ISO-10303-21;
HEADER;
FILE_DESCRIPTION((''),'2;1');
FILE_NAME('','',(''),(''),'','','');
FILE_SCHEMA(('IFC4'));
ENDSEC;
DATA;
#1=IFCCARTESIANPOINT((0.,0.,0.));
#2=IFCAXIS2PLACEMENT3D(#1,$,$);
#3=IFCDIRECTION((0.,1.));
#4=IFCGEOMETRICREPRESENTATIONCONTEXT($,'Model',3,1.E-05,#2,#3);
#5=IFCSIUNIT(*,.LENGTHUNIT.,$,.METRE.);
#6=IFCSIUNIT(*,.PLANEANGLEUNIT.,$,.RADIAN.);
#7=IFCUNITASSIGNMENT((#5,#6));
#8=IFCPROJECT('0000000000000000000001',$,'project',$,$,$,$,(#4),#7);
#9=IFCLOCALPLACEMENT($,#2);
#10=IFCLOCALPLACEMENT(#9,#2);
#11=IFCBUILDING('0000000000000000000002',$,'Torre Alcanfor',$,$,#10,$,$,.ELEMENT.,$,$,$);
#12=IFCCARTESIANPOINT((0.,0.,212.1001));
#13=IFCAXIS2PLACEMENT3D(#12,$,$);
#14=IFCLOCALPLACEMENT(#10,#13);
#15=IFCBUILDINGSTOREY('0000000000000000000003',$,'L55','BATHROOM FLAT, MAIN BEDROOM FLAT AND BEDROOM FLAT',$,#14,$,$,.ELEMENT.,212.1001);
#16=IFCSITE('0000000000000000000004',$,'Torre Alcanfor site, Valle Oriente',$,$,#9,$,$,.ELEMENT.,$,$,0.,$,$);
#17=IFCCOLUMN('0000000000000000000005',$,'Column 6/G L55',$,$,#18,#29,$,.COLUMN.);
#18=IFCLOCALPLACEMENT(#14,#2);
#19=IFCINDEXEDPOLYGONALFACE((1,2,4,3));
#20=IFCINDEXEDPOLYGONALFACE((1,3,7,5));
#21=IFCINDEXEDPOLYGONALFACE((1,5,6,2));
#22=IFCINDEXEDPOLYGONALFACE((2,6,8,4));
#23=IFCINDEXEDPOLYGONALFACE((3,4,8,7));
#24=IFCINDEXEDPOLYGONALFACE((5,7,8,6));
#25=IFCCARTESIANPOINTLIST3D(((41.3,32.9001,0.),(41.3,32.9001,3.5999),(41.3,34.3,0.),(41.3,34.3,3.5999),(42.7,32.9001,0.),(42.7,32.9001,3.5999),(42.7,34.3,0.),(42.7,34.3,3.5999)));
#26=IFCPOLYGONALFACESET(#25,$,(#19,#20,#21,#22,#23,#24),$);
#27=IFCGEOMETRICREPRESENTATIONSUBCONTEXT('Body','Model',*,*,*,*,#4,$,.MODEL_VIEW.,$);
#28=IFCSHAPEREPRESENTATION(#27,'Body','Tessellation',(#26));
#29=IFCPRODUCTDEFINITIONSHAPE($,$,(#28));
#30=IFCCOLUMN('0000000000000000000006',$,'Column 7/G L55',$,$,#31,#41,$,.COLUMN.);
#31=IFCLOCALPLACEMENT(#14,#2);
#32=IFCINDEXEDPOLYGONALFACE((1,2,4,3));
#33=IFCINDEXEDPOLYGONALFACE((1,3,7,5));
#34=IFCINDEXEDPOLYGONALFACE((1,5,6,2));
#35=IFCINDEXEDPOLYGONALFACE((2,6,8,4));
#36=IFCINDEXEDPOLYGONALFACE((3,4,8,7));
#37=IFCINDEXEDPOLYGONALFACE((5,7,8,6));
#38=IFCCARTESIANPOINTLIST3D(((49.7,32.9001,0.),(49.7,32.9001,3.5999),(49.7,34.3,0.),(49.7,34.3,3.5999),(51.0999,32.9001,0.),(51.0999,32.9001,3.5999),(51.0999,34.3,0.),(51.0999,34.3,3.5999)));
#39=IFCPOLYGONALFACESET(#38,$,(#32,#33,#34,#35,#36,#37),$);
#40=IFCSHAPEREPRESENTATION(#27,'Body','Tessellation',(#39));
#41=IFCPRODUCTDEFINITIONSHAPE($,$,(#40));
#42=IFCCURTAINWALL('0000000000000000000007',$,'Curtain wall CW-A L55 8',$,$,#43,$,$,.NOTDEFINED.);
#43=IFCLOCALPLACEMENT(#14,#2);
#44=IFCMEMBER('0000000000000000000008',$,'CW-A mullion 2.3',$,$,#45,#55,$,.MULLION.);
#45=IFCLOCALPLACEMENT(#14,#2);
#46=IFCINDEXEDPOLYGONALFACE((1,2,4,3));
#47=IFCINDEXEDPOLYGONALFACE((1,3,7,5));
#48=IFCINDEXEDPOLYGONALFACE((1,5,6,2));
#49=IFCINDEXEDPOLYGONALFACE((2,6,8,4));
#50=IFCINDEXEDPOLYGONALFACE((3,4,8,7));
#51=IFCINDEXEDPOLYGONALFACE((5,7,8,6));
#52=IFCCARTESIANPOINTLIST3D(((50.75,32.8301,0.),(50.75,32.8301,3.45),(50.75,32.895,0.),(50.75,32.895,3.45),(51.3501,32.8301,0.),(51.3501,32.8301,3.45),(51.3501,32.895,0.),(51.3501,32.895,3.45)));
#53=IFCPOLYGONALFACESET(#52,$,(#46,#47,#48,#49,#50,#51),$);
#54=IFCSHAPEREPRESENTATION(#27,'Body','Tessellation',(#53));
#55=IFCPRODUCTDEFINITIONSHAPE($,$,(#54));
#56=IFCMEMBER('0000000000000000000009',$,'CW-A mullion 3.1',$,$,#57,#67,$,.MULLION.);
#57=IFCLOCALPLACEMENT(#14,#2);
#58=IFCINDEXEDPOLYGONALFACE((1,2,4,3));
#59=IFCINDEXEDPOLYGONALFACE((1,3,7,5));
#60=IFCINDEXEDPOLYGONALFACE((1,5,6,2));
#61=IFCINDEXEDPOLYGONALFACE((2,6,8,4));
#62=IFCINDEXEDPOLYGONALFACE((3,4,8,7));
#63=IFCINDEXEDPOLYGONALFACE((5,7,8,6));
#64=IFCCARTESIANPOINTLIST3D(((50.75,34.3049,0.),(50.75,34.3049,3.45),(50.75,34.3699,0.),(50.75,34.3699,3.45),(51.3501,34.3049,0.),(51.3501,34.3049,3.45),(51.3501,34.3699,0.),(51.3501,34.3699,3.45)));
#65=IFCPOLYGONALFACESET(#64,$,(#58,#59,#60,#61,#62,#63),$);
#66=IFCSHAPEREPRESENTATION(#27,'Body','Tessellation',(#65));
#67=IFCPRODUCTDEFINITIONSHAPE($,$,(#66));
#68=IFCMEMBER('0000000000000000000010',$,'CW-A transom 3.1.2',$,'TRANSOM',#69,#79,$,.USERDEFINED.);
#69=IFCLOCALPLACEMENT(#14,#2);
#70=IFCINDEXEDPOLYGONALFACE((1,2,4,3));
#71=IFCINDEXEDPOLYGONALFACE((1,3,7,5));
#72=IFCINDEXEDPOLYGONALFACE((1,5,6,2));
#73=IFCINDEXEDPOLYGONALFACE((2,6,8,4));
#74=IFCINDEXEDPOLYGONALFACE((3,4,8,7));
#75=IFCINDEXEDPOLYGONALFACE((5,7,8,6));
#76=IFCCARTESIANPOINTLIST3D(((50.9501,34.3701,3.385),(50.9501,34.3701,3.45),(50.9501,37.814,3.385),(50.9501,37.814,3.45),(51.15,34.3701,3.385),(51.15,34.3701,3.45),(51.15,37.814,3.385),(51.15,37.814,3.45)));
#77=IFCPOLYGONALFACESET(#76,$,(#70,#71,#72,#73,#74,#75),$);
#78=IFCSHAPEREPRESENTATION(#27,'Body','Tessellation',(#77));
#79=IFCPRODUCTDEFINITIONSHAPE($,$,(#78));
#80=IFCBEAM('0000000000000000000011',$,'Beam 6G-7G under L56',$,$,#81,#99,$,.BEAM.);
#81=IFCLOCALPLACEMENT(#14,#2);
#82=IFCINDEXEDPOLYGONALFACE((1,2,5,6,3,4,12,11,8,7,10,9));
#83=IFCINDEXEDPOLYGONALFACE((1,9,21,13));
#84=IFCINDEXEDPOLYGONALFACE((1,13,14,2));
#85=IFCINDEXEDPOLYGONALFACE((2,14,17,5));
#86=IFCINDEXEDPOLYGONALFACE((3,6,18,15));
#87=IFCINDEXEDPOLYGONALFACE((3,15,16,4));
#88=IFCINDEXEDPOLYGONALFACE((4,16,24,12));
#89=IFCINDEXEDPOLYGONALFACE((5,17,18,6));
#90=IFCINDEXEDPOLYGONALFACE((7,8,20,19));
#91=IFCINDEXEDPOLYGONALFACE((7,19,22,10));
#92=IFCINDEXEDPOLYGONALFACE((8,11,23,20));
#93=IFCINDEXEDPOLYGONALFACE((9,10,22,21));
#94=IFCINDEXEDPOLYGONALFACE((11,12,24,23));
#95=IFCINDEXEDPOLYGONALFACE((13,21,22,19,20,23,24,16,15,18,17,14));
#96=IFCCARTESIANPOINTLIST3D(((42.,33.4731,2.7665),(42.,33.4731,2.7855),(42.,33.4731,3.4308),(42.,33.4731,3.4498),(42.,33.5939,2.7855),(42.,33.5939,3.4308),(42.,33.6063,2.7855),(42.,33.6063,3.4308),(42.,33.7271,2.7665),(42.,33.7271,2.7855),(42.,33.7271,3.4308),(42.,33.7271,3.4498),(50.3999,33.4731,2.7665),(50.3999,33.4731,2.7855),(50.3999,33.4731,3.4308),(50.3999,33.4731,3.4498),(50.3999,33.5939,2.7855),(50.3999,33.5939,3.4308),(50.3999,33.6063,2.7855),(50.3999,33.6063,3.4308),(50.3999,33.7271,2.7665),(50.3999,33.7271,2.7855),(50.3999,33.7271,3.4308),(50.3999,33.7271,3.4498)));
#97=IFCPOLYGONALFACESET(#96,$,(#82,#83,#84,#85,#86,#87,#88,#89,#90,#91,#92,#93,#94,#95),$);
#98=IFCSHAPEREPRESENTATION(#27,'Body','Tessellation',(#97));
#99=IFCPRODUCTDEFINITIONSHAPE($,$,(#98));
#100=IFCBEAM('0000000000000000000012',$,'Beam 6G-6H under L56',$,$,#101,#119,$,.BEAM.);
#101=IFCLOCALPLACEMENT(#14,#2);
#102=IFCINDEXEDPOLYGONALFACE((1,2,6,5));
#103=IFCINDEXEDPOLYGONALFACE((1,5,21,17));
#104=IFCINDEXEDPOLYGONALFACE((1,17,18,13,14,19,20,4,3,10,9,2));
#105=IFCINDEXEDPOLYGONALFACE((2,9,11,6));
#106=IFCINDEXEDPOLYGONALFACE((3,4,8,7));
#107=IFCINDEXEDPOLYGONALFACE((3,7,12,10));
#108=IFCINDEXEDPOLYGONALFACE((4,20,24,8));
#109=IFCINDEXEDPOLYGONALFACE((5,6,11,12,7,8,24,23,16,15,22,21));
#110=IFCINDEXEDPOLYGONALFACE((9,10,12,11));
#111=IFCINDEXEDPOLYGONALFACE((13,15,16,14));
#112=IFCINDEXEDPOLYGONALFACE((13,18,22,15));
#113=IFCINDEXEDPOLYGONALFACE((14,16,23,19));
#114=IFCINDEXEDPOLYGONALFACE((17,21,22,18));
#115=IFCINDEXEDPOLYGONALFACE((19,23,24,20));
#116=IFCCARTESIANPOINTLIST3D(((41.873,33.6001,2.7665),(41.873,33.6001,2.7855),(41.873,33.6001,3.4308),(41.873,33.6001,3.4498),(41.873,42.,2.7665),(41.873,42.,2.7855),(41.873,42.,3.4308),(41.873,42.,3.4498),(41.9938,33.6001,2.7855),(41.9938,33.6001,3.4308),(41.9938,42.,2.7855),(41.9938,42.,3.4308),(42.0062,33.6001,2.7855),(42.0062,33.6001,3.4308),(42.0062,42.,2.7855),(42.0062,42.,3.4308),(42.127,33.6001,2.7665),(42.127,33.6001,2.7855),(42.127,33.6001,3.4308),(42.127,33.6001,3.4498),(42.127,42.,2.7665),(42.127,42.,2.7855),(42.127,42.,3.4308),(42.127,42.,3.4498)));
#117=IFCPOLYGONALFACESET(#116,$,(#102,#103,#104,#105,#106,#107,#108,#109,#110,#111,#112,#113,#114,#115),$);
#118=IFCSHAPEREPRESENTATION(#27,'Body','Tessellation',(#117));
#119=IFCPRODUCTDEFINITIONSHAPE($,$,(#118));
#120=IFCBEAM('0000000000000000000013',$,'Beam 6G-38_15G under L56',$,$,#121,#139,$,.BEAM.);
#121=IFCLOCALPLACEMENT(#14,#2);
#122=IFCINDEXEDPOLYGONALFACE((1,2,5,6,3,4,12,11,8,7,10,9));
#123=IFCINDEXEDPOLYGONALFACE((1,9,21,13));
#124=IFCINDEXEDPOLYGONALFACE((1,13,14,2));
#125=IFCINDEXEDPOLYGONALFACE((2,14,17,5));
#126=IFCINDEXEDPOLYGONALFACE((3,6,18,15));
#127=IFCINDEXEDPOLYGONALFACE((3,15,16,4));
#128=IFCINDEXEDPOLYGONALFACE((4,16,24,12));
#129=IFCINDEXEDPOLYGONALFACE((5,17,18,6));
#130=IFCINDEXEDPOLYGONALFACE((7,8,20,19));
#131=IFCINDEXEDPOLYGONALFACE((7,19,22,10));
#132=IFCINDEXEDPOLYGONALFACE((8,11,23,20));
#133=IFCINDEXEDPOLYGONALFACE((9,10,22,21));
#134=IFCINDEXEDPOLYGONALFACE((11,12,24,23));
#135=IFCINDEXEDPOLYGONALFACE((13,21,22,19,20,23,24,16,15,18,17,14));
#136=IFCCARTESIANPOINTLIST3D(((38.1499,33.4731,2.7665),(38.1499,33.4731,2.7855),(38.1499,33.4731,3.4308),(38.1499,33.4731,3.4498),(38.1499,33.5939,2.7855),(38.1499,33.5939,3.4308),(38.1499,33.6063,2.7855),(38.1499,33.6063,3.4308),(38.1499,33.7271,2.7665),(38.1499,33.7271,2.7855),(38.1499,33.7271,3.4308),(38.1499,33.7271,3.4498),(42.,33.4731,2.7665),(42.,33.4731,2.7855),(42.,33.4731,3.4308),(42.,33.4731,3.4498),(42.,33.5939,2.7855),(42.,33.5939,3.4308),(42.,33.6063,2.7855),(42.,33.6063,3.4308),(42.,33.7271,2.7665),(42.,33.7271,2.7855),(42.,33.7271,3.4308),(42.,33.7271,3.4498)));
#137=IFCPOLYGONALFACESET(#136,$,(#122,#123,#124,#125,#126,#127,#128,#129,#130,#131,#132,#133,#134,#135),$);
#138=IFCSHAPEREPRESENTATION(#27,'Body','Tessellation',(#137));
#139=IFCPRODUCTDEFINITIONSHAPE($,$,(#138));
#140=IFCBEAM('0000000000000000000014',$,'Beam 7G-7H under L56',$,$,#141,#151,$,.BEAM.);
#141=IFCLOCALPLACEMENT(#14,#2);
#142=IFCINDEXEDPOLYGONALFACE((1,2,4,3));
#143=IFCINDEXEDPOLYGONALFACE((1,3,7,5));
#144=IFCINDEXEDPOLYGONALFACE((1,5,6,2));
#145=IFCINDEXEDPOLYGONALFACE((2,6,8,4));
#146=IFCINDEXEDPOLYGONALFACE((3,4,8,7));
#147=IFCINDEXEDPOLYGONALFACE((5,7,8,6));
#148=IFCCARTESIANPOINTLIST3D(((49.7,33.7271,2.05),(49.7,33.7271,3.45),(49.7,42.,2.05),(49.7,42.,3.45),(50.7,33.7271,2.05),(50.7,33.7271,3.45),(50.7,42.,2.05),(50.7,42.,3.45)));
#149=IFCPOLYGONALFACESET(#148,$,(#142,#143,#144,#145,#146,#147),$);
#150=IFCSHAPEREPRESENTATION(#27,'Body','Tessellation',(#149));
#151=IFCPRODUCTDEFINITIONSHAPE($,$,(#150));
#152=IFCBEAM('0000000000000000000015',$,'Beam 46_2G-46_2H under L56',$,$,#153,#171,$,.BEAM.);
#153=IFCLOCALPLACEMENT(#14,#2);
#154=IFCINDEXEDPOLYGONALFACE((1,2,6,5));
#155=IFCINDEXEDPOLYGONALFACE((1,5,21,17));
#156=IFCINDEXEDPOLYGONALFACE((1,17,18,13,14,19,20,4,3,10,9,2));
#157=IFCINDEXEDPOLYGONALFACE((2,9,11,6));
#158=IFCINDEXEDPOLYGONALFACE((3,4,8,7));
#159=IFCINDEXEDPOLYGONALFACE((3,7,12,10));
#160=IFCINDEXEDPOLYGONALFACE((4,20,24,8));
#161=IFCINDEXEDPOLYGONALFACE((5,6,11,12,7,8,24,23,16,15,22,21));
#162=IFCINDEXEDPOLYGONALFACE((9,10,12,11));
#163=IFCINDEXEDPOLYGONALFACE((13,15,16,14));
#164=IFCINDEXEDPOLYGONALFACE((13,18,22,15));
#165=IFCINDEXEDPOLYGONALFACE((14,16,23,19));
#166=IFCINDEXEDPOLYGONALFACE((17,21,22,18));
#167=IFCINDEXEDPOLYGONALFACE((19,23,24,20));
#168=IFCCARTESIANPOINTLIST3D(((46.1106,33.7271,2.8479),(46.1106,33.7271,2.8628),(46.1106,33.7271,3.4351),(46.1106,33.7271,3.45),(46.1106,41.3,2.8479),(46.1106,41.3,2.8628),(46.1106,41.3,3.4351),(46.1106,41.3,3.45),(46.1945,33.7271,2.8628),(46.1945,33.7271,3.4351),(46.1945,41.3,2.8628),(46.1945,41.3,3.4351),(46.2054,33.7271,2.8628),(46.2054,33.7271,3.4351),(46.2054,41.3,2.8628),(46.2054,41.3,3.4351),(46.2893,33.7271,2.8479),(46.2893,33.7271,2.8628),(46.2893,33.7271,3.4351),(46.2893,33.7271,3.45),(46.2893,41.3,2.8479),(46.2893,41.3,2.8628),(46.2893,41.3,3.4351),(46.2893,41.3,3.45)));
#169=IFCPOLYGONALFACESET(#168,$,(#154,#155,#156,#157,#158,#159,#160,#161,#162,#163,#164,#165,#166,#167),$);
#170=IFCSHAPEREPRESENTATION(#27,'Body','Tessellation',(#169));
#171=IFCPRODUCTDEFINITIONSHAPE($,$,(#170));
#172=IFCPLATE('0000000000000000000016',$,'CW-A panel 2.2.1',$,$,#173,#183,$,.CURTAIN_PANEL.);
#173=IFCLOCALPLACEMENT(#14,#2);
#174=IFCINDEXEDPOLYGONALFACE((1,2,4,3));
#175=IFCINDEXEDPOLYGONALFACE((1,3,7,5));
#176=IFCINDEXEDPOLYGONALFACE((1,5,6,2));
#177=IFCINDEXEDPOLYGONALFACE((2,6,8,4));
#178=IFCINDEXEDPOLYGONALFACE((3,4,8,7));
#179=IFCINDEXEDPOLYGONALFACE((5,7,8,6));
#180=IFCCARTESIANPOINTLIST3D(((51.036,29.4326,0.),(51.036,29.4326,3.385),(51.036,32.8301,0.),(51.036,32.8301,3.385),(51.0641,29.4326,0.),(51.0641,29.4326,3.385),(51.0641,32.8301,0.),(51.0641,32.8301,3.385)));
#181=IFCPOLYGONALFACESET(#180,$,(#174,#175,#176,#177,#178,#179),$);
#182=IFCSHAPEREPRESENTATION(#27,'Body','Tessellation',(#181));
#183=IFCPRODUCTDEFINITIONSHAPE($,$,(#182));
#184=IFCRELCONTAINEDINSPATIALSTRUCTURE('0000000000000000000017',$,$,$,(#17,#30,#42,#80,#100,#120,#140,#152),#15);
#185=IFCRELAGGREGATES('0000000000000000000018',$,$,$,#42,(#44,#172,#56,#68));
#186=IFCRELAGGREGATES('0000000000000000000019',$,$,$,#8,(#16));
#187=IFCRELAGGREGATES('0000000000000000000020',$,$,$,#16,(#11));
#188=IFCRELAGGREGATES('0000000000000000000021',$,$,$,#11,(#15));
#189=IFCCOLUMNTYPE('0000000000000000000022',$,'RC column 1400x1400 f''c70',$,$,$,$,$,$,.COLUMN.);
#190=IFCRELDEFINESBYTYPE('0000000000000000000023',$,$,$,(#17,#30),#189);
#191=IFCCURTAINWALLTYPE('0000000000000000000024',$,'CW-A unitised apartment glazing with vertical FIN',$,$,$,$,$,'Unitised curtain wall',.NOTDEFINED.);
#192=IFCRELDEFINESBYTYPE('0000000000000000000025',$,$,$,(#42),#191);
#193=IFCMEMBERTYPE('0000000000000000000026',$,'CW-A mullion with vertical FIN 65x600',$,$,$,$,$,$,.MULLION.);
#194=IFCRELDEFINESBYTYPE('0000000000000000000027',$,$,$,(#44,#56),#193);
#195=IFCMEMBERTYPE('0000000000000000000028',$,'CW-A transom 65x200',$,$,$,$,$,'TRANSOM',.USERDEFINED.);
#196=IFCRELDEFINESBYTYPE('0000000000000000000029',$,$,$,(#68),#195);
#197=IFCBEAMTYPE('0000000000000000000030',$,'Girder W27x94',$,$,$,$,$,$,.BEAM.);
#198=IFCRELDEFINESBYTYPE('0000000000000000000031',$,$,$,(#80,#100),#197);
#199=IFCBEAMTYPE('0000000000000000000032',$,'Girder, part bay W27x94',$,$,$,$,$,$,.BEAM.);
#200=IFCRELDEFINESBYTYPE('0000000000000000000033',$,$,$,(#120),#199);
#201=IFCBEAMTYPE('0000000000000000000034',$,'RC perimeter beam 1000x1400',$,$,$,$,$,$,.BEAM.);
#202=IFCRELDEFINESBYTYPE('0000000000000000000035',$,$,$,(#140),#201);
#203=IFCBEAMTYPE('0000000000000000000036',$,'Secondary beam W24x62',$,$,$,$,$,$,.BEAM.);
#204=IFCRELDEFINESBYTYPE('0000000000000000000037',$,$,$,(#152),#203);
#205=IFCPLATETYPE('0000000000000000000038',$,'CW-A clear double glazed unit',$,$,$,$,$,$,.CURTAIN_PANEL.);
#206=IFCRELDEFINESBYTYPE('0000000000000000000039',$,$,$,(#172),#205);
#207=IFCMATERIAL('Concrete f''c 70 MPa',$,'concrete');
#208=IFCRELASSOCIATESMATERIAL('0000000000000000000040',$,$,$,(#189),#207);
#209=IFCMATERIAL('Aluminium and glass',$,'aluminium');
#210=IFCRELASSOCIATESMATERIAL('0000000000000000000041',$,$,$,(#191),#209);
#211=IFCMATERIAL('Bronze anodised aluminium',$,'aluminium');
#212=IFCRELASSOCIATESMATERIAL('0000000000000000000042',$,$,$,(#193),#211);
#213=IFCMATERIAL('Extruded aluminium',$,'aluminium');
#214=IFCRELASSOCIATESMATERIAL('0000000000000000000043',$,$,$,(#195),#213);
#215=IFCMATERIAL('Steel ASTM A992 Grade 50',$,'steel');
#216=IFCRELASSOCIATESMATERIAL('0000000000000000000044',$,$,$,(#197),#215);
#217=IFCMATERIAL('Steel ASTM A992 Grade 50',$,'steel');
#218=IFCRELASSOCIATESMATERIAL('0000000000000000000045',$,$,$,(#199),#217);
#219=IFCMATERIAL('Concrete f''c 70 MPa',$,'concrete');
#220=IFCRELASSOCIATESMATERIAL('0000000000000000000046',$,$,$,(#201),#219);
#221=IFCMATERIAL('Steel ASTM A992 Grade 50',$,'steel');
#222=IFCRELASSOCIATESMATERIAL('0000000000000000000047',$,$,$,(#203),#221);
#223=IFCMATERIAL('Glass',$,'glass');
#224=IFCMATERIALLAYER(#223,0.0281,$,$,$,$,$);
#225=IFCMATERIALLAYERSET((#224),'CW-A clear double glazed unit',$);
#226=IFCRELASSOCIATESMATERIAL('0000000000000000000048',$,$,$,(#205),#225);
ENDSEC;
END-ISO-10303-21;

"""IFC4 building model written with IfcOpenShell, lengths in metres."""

from ifc_helpers import new_model, si_unit, direction, frame, origin, origin_2d, place, context, subcontext, project, spatial, rectangle, i_section, extrude, material, layer, layer_set, material_profile, profile_set, type_object, element, aggregate, save


model = new_model("IFC4")

# Units and contexts
model_context = context("Model", 3, precision=1e-05, world=origin(), true_north=direction((0.0, 1.0)))
body_context = subcontext(model_context, "Body", "Model", "MODEL_VIEW")
ifc_project = project(units=[si_unit("LENGTHUNIT", "METRE"), si_unit("PLANEANGLEUNIT", "RADIAN")], contexts=[model_context])

# Site, building, storey
site_placement = place(None, origin())
site = spatial("IfcSite", under=ifc_project, at=site_placement, Name="Torre Alcanfor site, Valle Oriente", CompositionType="ELEMENT", RefElevation=0.0)
building_placement = place(site_placement, origin())
building = spatial("IfcBuilding", under=site, at=building_placement, Name="Torre Alcanfor", CompositionType="ELEMENT")
storey_placement = place(building_placement, frame((0.0, 0.0, 212.1001)))
storey = spatial("IfcBuildingStorey", under=building, at=storey_placement, Name="L55", Description="BATHROOM FLAT, MAIN BEDROOM FLAT AND BEDROOM FLAT", CompositionType="ELEMENT", Elevation=212.1001)

# Columns
ifc_material_1 = material(Name="Concrete f'c 70 MPa", Category="concrete")
ifc_material_profile_1 = material_profile(ifc_material_1, rectangle(XDim=1.3999, YDim=1.3999, at=origin_2d()), Name="1400x1400")
ifc_profile_set_1 = profile_set([ifc_material_profile_1], Name="Concrete f'c 70 MPa")
column_type = type_object("IfcColumnType", Name="RC column 1400x1400 f'c70", PredefinedType="COLUMN", material=ifc_profile_set_1)
for number, where, z_axis, x_axis, name in (
    (1, (42.0, 33.6001, 0.0), (0.0, 0.0, 1.0), (1.0, 0.0, 0.0), "Column 6/G L55"),
    (2, (50.3999, 33.6001, 0.0), (0.0, 0.0, 1.0), (1.0, 0.0, 0.0), "Column 7/G L55"),
):
    element("IfcColumn", number, at=place(storey_placement, frame(where, z_axis=z_axis, x_axis=x_axis)), inside=storey, type_object=column_type, Name=name, PredefinedType="COLUMN", context=body_context, shape_type="SweptSolid", body=[
        extrude(rectangle(XDim=1.3999, YDim=1.3999, at=origin_2d()), origin(), (0.0, 0.0, 1.0), 3.5999),
    ])

# Curtain wall, members
ifc_material_2 = material(Name="Aluminium and glass", Category="aluminium")
curtain_wall_type = type_object("IfcCurtainWallType", Name="CW-A unitised apartment glazing with vertical FIN", ElementType="Unitised curtain wall", PredefinedType="NOTDEFINED", material=ifc_material_2)
curtain_wall_placement = place(storey_placement, origin())
curtain_wall = element("IfcCurtainWall", 3, at=curtain_wall_placement, inside=storey, type_object=curtain_wall_type, Name="Curtain wall CW-A L55 8", PredefinedType="NOTDEFINED")
ifc_material_3 = material(Name="Bronze anodised aluminium", Category="aluminium")
ifc_material_profile_2 = material_profile(ifc_material_3, rectangle(XDim=0.6001, YDim=0.0649, at=origin_2d()), Name="CW-A mullion 65x600")
ifc_profile_set_2 = profile_set([ifc_material_profile_2], Name="Bronze anodised aluminium")
member_type_1 = type_object("IfcMemberType", Name="CW-A mullion with vertical FIN 65x600", PredefinedType="MULLION", material=ifc_profile_set_2)
member_1_placement = place(storey_placement, frame((51.05, 32.8625, 0.0), z_axis=(0.0, 0.0, 1.0), x_axis=(-1.0, 0.0, 0.0)))
member_1 = element("IfcMember", 4, at=member_1_placement, type_object=member_type_1, Name="CW-A mullion 2.3", PredefinedType="MULLION", context=body_context, shape_type="SweptSolid", body=[
    extrude(rectangle(XDim=0.6001, YDim=0.0649, at=origin_2d()), origin(), (0.0, 0.0, 1.0), 3.45),
])
member_2_placement = place(storey_placement, frame((51.05, 34.3374, 0.0), z_axis=(0.0, 0.0, 1.0), x_axis=(-1.0, 0.0, 0.0)))
member_2 = element("IfcMember", 5, at=member_2_placement, type_object=member_type_1, Name="CW-A mullion 3.1", PredefinedType="MULLION", context=body_context, shape_type="SweptSolid", body=[
    extrude(rectangle(XDim=0.6001, YDim=0.0649, at=origin_2d()), origin(), (0.0, 0.0, 1.0), 3.45),
])
ifc_material_4 = material(Name="Extruded aluminium", Category="aluminium")
ifc_material_profile_3 = material_profile(ifc_material_4, rectangle(XDim=0.2, YDim=0.0649, at=origin_2d()), Name="CW-A transom 200x65")
ifc_profile_set_3 = profile_set([ifc_material_profile_3], Name="Extruded aluminium")
member_type_2 = type_object("IfcMemberType", Name="CW-A transom 65x200", ElementType="TRANSOM", PredefinedType="USERDEFINED", material=ifc_profile_set_3)
member_3_placement = place(storey_placement, frame((51.05, 34.3701, 3.4175), z_axis=(0.0, 1.0, 0.0), x_axis=(-1.0, 0.0, 0.0)))
member_3 = element("IfcMember", 6, at=member_3_placement, type_object=member_type_2, Name="CW-A transom 3.1.2", ObjectType="TRANSOM", PredefinedType="USERDEFINED", context=body_context, shape_type="SweptSolid", body=[
    extrude(rectangle(XDim=0.2, YDim=0.0649, at=origin_2d()), origin(), (0.0, 0.0, 1.0), 3.4438),
])

# Beams
ifc_material_5 = material(Name="Steel ASTM A992 Grade 50", Category="steel")
ifc_material_profile_4 = material_profile(ifc_material_5, i_section(OverallWidth=0.2539, OverallDepth=0.6833, WebThickness=0.0125, FlangeThickness=0.019, at=origin_2d()), Name="W27x94")
ifc_profile_set_4 = profile_set([ifc_material_profile_4], Name="Steel ASTM A992 Grade 50")
beam_type_1 = type_object("IfcBeamType", Name="Girder W27x94", PredefinedType="BEAM", material=ifc_profile_set_4)
for number, where, z_axis, x_axis, name in (
    (7, (42.0, 33.6001, 3.1082), (1.0, 0.0, 0.0), (0.0, 1.0, 0.0), "Beam 6G-7G under L56"),
    (8, (42.0, 33.6001, 3.1082), (0.0, 1.0, 0.0), (-1.0, 0.0, 0.0), "Beam 6G-6H under L56"),
):
    element("IfcBeam", number, at=place(storey_placement, frame(where, z_axis=z_axis, x_axis=x_axis)), inside=storey, type_object=beam_type_1, Name=name, PredefinedType="BEAM", context=body_context, shape_type="SweptSolid", body=[
        extrude(i_section(OverallWidth=0.2539, OverallDepth=0.6833, WebThickness=0.0125, FlangeThickness=0.019, at=origin_2d()), origin(), (0.0, 0.0, 1.0), 8.3999),
    ])
ifc_material_6 = material(Name="Steel ASTM A992 Grade 50", Category="steel")
ifc_material_profile_5 = material_profile(ifc_material_6, i_section(OverallWidth=0.2539, OverallDepth=0.6833, WebThickness=0.0125, FlangeThickness=0.019, at=origin_2d()), Name="W27x94")
ifc_profile_set_5 = profile_set([ifc_material_profile_5], Name="Steel ASTM A992 Grade 50")
beam_type_2 = type_object("IfcBeamType", Name="Girder, part bay W27x94", PredefinedType="BEAM", material=ifc_profile_set_5)
beam_1_placement = place(storey_placement, frame((42.0, 33.6001, 3.1082), z_axis=(-1.0, 0.0, 0.0), x_axis=(0.0, -1.0, 0.0)))
element("IfcBeam", 9, at=beam_1_placement, inside=storey, type_object=beam_type_2, Name="Beam 6G-38_15G under L56", PredefinedType="BEAM", context=body_context, shape_type="SweptSolid", body=[
    extrude(i_section(OverallWidth=0.2539, OverallDepth=0.6833, WebThickness=0.0125, FlangeThickness=0.019, at=origin_2d()), origin(), (0.0, 0.0, 1.0), 3.8501),
])
ifc_material_7 = material(Name="Concrete f'c 70 MPa", Category="concrete")
ifc_material_profile_6 = material_profile(ifc_material_7, rectangle(XDim=1.0, YDim=1.3999, at=origin_2d()), Name="1000x1400")
ifc_profile_set_6 = profile_set([ifc_material_profile_6], Name="Concrete f'c 70 MPa")
beam_type_3 = type_object("IfcBeamType", Name="RC perimeter beam 1000x1400", PredefinedType="BEAM", material=ifc_profile_set_6)
beam_2_placement = place(storey_placement, frame((50.2, 33.7271, 2.75), z_axis=(0.0, 1.0, 0.0), x_axis=(-1.0, 0.0, 0.0)))
element("IfcBeam", 10, at=beam_2_placement, inside=storey, type_object=beam_type_3, Name="Beam 7G-7H under L56", PredefinedType="BEAM", context=body_context, shape_type="SweptSolid", body=[
    extrude(rectangle(XDim=1.0, YDim=1.3999, at=origin_2d()), origin(), (0.0, 0.0, 1.0), 8.2729),
])
ifc_material_8 = material(Name="Steel ASTM A992 Grade 50", Category="steel")
ifc_material_profile_7 = material_profile(ifc_material_8, i_section(OverallWidth=0.1787, OverallDepth=0.6021, WebThickness=0.011, FlangeThickness=0.0149, at=origin_2d()), Name="W24x62")
ifc_profile_set_7 = profile_set([ifc_material_profile_7], Name="Steel ASTM A992 Grade 50")
beam_type_4 = type_object("IfcBeamType", Name="Secondary beam W24x62", PredefinedType="BEAM", material=ifc_profile_set_7)
beam_3_placement = place(storey_placement, frame((46.2, 33.7271, 3.1489), z_axis=(0.0, 1.0, 0.0), x_axis=(-1.0, 0.0, 0.0)))
element("IfcBeam", 11, at=beam_3_placement, inside=storey, type_object=beam_type_4, Name="Beam 46_2G-46_2H under L56", PredefinedType="BEAM", context=body_context, shape_type="SweptSolid", body=[
    extrude(i_section(OverallWidth=0.1787, OverallDepth=0.6021, WebThickness=0.011, FlangeThickness=0.0149, at=origin_2d()), origin(), (0.0, 0.0, 1.0), 7.573),
])

# Plate
ifc_material_9 = material(Name="Glass", Category="glass")
ifc_layer_1 = layer(ifc_material_9, 0.0281)
ifc_layer_set_1 = layer_set([ifc_layer_1], Name="CW-A clear double glazed unit")
plate_type = type_object("IfcPlateType", Name="CW-A clear double glazed unit", PredefinedType="CURTAIN_PANEL", material=ifc_layer_set_1)
plate_placement = place(storey_placement, frame((51.05, 31.1313, 0.0), z_axis=(0.0, 0.0, 1.0), x_axis=(0.0, 1.0, 0.0)))
plate = element("IfcPlate", 12, at=plate_placement, type_object=plate_type, Name="CW-A panel 2.2.1", PredefinedType="CURTAIN_PANEL", context=body_context, shape_type="SweptSolid", body=[
    extrude(rectangle(XDim=3.3975, YDim=0.0281, at=origin_2d()), origin(), (0.0, 0.0, 1.0), 3.385),
])
aggregate(curtain_wall, [member_1, plate, member_2, member_3])

save(model, "model.ifc")
